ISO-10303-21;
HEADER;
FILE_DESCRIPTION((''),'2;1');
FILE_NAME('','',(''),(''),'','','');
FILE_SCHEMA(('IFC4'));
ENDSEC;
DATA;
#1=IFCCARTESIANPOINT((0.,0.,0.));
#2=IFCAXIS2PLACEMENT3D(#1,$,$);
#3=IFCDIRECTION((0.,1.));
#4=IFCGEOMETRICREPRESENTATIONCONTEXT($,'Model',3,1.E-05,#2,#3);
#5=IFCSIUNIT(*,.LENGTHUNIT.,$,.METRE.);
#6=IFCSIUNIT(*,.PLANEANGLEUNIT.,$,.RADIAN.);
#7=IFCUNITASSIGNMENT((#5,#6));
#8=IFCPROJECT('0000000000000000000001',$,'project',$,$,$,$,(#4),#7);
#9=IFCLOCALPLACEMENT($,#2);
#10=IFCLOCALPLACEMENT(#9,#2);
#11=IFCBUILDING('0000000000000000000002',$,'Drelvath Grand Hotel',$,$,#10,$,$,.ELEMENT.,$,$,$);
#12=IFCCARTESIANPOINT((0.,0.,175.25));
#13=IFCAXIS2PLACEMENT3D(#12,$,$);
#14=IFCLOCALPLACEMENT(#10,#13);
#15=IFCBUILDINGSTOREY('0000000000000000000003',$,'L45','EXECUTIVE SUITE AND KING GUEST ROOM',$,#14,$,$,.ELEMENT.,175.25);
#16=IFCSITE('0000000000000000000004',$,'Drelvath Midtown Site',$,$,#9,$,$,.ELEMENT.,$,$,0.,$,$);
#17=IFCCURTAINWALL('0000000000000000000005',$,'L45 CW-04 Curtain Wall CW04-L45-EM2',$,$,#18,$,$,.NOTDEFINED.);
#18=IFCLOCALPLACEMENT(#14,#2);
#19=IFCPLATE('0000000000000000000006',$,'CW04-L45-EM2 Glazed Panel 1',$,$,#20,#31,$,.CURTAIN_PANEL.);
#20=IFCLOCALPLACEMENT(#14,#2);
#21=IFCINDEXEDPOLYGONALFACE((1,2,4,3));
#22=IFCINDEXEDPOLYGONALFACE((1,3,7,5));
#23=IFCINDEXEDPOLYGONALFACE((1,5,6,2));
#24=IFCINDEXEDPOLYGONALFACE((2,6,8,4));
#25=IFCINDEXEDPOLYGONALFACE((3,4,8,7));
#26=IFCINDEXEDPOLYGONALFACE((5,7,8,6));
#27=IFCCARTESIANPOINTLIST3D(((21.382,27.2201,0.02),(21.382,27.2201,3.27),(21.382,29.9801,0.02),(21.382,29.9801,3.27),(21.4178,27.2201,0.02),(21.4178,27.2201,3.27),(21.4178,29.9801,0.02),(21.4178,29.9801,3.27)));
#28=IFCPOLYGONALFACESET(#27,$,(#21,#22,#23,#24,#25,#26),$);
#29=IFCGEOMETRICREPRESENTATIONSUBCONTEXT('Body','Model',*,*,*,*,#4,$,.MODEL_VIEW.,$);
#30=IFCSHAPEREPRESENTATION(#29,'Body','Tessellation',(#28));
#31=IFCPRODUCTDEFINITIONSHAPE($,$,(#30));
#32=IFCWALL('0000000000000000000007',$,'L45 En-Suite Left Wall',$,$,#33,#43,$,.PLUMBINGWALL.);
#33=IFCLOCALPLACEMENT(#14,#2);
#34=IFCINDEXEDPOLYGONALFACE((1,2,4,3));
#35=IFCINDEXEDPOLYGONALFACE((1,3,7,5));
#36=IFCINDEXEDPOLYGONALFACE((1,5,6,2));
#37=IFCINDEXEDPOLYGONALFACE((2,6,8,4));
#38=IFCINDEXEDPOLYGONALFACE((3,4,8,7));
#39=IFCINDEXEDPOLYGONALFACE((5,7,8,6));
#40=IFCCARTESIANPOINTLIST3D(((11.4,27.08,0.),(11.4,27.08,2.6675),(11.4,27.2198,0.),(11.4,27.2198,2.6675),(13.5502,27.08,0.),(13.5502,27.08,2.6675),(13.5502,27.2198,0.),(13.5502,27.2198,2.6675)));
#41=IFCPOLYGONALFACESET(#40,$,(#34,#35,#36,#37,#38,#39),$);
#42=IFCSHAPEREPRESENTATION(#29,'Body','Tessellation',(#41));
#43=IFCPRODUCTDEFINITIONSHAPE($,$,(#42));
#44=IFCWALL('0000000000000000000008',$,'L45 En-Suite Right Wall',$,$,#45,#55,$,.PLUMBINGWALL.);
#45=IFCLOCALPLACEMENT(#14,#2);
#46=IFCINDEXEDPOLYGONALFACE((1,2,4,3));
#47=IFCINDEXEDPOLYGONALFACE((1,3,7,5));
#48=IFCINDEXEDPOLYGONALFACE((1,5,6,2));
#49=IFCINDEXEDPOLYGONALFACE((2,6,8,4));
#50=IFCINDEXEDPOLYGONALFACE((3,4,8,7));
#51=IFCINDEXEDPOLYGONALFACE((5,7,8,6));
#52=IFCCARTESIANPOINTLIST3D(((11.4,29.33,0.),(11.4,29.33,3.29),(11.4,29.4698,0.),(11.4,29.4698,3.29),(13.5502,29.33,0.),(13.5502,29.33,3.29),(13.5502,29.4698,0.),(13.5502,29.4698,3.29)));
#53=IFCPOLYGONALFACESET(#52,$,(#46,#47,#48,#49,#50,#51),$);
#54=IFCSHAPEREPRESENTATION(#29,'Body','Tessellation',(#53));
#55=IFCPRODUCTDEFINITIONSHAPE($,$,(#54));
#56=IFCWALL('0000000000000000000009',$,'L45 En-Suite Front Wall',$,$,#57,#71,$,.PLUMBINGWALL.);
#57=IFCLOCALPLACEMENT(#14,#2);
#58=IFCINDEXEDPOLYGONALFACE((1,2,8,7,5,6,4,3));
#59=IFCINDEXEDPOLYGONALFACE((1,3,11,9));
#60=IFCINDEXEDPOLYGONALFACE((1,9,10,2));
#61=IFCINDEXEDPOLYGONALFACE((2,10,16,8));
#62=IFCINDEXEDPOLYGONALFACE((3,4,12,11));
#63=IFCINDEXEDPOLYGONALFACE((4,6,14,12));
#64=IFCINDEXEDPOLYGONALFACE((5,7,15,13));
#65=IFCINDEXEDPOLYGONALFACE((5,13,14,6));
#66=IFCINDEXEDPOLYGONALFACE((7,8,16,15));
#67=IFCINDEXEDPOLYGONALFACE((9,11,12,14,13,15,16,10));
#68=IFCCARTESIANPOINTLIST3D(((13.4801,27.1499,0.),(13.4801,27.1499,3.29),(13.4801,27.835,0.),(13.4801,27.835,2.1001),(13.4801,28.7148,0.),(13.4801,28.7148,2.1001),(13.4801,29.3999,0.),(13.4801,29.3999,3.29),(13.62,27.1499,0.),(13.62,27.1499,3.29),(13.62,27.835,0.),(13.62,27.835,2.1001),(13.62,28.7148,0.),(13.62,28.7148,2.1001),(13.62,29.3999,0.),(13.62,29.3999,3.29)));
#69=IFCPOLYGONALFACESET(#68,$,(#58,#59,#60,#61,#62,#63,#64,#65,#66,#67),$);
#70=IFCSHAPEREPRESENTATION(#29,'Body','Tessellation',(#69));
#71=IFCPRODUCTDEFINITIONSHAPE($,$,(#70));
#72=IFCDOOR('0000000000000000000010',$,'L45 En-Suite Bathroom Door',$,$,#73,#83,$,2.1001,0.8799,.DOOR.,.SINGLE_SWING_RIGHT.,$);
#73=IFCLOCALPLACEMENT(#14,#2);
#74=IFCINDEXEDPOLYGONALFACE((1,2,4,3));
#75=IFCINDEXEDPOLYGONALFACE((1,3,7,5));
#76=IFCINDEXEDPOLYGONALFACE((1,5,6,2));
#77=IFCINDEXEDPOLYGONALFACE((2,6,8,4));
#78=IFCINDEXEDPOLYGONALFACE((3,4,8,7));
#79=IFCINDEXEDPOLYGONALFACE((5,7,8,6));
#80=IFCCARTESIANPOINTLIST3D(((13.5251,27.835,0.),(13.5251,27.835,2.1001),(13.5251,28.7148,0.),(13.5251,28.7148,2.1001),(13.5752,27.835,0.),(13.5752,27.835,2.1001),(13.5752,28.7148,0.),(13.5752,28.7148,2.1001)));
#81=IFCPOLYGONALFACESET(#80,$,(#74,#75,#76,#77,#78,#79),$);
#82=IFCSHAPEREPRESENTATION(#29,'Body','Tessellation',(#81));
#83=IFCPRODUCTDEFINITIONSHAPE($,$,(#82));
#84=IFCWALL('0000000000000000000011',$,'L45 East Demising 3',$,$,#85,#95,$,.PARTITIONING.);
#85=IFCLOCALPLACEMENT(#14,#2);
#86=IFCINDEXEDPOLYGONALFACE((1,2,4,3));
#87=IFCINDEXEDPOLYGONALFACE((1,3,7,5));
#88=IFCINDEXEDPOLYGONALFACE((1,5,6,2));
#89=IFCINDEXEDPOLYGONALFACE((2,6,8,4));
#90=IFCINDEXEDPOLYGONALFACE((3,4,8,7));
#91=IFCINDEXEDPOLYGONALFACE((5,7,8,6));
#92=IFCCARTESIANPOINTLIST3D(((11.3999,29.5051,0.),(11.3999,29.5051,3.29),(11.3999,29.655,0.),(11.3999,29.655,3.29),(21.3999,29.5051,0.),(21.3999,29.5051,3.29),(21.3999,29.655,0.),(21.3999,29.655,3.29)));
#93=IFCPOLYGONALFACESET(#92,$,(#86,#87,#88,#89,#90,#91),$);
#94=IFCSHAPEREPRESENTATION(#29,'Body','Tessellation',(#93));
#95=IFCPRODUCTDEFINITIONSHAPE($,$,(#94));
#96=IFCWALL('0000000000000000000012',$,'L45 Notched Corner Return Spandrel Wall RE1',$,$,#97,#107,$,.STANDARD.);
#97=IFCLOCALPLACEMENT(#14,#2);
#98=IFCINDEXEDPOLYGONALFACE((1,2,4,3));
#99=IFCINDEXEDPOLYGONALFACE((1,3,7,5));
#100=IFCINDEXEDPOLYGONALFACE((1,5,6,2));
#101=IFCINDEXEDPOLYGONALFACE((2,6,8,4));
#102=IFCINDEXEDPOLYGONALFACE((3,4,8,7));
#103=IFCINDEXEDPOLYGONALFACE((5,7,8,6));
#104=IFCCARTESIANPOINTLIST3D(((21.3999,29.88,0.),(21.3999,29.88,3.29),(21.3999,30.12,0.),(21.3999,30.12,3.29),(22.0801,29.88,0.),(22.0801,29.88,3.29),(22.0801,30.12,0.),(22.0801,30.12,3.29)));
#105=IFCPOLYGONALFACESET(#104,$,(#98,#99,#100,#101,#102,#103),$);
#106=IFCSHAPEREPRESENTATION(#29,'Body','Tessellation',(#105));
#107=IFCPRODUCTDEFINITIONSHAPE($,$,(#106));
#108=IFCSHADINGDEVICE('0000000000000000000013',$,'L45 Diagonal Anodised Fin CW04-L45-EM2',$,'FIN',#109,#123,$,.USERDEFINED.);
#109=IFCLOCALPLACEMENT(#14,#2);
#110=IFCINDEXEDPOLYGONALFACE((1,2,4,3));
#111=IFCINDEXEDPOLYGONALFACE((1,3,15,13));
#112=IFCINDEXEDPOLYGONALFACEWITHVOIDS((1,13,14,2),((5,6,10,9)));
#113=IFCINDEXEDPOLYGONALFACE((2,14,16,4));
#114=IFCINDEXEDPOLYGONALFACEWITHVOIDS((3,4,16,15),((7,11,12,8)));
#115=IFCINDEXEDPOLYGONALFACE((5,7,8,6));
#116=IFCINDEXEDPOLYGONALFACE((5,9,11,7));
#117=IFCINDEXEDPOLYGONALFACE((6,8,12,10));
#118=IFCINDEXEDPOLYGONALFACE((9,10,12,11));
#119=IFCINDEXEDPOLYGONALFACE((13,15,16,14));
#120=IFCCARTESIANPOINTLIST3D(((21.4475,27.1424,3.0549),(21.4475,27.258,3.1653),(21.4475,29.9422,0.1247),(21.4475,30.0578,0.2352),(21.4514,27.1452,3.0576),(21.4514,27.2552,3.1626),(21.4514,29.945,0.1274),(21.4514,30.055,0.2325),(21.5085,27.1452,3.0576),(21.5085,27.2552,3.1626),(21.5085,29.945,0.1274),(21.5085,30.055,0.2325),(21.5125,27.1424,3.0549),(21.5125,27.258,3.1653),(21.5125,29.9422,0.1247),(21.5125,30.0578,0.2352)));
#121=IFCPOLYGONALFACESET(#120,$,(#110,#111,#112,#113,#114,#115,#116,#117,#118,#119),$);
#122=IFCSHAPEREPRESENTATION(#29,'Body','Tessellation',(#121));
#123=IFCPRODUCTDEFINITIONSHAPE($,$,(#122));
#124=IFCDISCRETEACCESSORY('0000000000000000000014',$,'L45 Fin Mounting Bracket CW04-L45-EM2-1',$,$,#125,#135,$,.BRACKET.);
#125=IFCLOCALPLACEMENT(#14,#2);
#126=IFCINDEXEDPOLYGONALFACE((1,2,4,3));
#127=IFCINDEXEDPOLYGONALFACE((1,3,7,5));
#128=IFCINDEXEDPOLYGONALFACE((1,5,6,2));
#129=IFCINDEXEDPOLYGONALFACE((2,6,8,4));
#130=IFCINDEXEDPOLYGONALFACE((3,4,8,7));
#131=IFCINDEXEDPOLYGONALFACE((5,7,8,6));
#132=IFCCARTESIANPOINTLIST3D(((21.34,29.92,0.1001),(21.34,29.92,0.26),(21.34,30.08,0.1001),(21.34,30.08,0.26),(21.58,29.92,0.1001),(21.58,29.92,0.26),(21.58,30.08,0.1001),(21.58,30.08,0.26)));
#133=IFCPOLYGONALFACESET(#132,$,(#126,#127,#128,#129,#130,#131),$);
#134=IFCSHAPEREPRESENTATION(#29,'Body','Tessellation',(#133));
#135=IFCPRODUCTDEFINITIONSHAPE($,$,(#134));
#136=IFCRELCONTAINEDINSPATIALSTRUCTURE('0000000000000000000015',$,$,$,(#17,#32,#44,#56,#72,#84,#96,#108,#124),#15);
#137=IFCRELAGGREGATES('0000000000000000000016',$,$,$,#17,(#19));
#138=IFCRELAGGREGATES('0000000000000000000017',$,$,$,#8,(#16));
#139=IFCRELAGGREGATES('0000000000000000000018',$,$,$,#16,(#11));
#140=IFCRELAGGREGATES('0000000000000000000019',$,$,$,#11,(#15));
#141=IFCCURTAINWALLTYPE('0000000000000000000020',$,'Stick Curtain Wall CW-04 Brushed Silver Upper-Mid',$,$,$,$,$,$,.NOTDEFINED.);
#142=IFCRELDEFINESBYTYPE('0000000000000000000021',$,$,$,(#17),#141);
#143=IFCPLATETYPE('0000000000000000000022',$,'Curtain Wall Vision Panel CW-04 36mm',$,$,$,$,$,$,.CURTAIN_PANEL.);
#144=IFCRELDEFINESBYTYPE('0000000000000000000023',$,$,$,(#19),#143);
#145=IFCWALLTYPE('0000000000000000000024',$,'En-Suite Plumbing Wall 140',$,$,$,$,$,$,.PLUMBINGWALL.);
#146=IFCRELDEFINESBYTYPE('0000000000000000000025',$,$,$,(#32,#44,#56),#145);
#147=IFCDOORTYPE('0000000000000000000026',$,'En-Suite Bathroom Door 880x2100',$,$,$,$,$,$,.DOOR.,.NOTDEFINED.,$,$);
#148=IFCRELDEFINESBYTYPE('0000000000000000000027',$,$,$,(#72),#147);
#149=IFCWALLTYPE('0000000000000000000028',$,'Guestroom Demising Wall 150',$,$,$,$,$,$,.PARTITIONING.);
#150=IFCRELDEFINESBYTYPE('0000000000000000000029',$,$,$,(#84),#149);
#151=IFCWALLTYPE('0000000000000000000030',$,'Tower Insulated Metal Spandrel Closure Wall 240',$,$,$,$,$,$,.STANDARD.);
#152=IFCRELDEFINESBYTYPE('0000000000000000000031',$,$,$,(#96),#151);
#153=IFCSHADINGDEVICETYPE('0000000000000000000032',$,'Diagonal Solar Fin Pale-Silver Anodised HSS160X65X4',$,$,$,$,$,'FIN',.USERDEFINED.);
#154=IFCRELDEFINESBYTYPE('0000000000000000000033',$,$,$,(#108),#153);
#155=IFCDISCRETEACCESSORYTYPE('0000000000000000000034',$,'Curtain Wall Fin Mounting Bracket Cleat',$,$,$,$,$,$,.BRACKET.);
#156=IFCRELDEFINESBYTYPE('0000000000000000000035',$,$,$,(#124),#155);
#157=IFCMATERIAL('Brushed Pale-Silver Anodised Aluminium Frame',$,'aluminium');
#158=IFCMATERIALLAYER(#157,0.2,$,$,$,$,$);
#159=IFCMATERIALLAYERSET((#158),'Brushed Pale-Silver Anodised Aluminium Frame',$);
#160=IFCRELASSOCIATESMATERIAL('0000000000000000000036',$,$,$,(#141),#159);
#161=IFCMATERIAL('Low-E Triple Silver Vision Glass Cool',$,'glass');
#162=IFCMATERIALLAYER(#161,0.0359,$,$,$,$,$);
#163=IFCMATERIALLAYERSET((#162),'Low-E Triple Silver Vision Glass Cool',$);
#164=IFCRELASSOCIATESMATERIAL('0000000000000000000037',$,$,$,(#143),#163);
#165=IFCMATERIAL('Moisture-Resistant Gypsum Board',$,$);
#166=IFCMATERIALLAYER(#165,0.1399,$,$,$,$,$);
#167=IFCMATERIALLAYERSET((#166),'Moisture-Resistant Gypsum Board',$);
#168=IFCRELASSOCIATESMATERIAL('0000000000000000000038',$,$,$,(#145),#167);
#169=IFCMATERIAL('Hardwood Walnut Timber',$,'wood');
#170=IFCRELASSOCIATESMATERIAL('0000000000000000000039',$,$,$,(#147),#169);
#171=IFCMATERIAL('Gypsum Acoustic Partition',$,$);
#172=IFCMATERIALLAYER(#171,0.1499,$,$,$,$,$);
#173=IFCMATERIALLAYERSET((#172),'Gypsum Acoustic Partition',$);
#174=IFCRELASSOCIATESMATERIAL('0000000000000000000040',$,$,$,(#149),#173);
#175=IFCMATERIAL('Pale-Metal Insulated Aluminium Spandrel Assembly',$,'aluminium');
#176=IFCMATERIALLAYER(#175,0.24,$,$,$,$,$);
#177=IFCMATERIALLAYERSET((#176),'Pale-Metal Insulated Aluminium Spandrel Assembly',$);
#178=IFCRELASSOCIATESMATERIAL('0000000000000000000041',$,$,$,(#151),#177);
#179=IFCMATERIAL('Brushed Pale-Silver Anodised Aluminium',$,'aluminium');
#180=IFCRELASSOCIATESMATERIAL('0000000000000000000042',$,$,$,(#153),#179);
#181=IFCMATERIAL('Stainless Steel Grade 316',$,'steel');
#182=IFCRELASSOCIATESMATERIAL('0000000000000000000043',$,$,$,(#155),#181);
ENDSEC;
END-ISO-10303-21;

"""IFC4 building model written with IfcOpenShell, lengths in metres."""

from ifc_helpers import new_model, si_unit, direction, frame, frame_2d, origin, origin_2d, place, context, subcontext, project, spatial, rectangle, hollow_rectangle, extrude, material, layer, layer_set, material_profile, profile_set, type_object, element, fill, aggregate, save


model = new_model("IFC4")

# Units and contexts
model_context = context("Model", 3, precision=1e-05, world=origin(), true_north=direction((0.0, 1.0)))
body_context = subcontext(model_context, "Body", "Model", "MODEL_VIEW")
ifc_project = project(units=[si_unit("LENGTHUNIT", "METRE"), si_unit("PLANEANGLEUNIT", "RADIAN")], contexts=[model_context])

# Site, building, storey
site_placement = place(None, origin())
site = spatial("IfcSite", under=ifc_project, at=site_placement, Name="Drelvath Midtown Site", CompositionType="ELEMENT", RefElevation=0.0)
building_placement = place(site_placement, origin())
building = spatial("IfcBuilding", under=site, at=building_placement, Name="Drelvath Grand Hotel", CompositionType="ELEMENT")
storey_placement = place(building_placement, frame((0.0, 0.0, 175.25)))
storey = spatial("IfcBuildingStorey", under=building, at=storey_placement, Name="L45", Description="EXECUTIVE SUITE AND KING GUEST ROOM", CompositionType="ELEMENT", Elevation=175.25)

# Curtain wall
ifc_material_1 = material(Name="Brushed Pale-Silver Anodised Aluminium Frame", Category="aluminium")
ifc_layer_1 = layer(ifc_material_1, 0.2)
ifc_layer_set_1 = layer_set([ifc_layer_1], Name="Brushed Pale-Silver Anodised Aluminium Frame")
curtain_wall_type = type_object("IfcCurtainWallType", Name="Stick Curtain Wall CW-04 Brushed Silver Upper-Mid", PredefinedType="NOTDEFINED", material=ifc_layer_set_1)
curtain_wall_1_placement = place(storey_placement, origin())
curtain_wall_1 = element("IfcCurtainWall", 1, at=curtain_wall_1_placement, inside=storey, type_object=curtain_wall_type, Name="L45 CW-04 Curtain Wall CW04-L45-EM2", PredefinedType="NOTDEFINED")

# Plate
ifc_material_2 = material(Name="Low-E Triple Silver Vision Glass Cool", Category="glass")
ifc_layer_2 = layer(ifc_material_2, 0.0359)
ifc_layer_set_2 = layer_set([ifc_layer_2], Name="Low-E Triple Silver Vision Glass Cool")
plate_type = type_object("IfcPlateType", Name="Curtain Wall Vision Panel CW-04 36mm", PredefinedType="CURTAIN_PANEL", material=ifc_layer_set_2)
plate_1_placement = place(storey_placement, frame((21.3999, 28.6001, 0.02), z_axis=(0.0, 0.0, 1.0), x_axis=(0.0, -1.0, 0.0)))
plate_1 = element("IfcPlate", 2, at=plate_1_placement, type_object=plate_type, Name="CW04-L45-EM2 Glazed Panel 1", PredefinedType="CURTAIN_PANEL", context=body_context, shape_type="SweptSolid", body=[
    extrude(rectangle(XDim=2.76, YDim=0.0359, at=origin_2d()), origin(), (0.0, 0.0, 1.0), 3.25),
])
aggregate(curtain_wall_1, [plate_1])

# Walls
ifc_material_3 = material(Name="Moisture-Resistant Gypsum Board")
ifc_layer_3 = layer(ifc_material_3, 0.1399)
ifc_layer_set_3 = layer_set([ifc_layer_3], Name="Moisture-Resistant Gypsum Board")
wall_type_1 = type_object("IfcWallType", Name="En-Suite Plumbing Wall 140", PredefinedType="PLUMBINGWALL", material=ifc_layer_set_3)
wall_1_placement = place(storey_placement, frame((11.3999, 27.1499, 0.0), z_axis=(0.0, 0.0, 1.0), x_axis=(1.0, 0.0, 0.0)))
element("IfcWall", 3, at=wall_1_placement, inside=storey, type_object=wall_type_1, Name="L45 En-Suite Left Wall", PredefinedType="PLUMBINGWALL", context=body_context, shape_type="SweptSolid", body=[
    extrude(rectangle(XDim=2.1501, YDim=0.1399, at=frame_2d((1.0752, 0.0))), origin(), (0.0, 0.0, 1.0), 2.6675),
])
wall_2_placement = place(storey_placement, frame((11.3999, 29.3999, 0.0), z_axis=(0.0, 0.0, 1.0), x_axis=(1.0, 0.0, 0.0)))
element("IfcWall", 4, at=wall_2_placement, inside=storey, type_object=wall_type_1, Name="L45 En-Suite Right Wall", PredefinedType="PLUMBINGWALL", context=body_context, shape_type="SweptSolid", body=[
    extrude(rectangle(XDim=2.1501, YDim=0.1399, at=frame_2d((1.0752, 0.0))), origin(), (0.0, 0.0, 1.0), 3.29),
])

# Wall, opening, door
wall_3_placement = place(storey_placement, frame((13.55, 27.1499, 0.0), z_axis=(0.0, 0.0, 1.0), x_axis=(0.0, 1.0, 0.0)))
wall_3 = element("IfcWall", 5, at=wall_3_placement, inside=storey, type_object=wall_type_1, Name="L45 En-Suite Front Wall", PredefinedType="PLUMBINGWALL", context=body_context, shape_type="SweptSolid", body=[
    extrude(rectangle(XDim=2.25, YDim=0.1399, at=frame_2d((1.125, 0.0))), origin(), (0.0, 0.0, 1.0), 3.29),
])
opening_placement = place(wall_3_placement, frame((0.6851, 0.0, 0.0)))
opening = element("IfcOpeningElement", 6, at=opening_placement, cuts=wall_3, PredefinedType="OPENING", context=body_context, shape_type="SweptSolid", body=[
    extrude(rectangle(XDim=0.8799, YDim=2.1001, at=frame_2d((0.4399, 1.05))), frame((0.0, 0.0798, 0.0), z_axis=(0.0, -1.0, 0.0), x_axis=(1.0, 0.0, 0.0)), (0.0, 0.0, 1.0), 0.1599),
])
ifc_material_4 = material(Name="Hardwood Walnut Timber", Category="wood")
door_type = type_object("IfcDoorType", Name="En-Suite Bathroom Door 880x2100", OperationType="NOTDEFINED", PredefinedType="DOOR", material=ifc_material_4)
door_placement = place(opening_placement, origin())
door = element("IfcDoor", 7, at=door_placement, inside=storey, type_object=door_type, Name="L45 En-Suite Bathroom Door", OperationType="SINGLE_SWING_RIGHT", OverallHeight=2.1001, OverallWidth=0.8799, PredefinedType="DOOR", context=body_context, shape_type="SweptSolid", body=[
    extrude(rectangle(XDim=0.8799, YDim=2.1001, at=frame_2d((0.4399, 1.05))), frame((0.0, 0.0249, 0.0), z_axis=(0.0, -1.0, 0.0), x_axis=(1.0, 0.0, 0.0)), (0.0, 0.0, 1.0), 0.05),
])
fill(opening, door)

# Walls
ifc_material_5 = material(Name="Gypsum Acoustic Partition")
ifc_layer_4 = layer(ifc_material_5, 0.1499)
ifc_layer_set_4 = layer_set([ifc_layer_4], Name="Gypsum Acoustic Partition")
wall_type_2 = type_object("IfcWallType", Name="Guestroom Demising Wall 150", PredefinedType="PARTITIONING", material=ifc_layer_set_4)
wall_4_placement = place(storey_placement, frame((11.3999, 29.5801, 0.0), z_axis=(0.0, 0.0, 1.0), x_axis=(1.0, 0.0, 0.0)))
element("IfcWall", 8, at=wall_4_placement, inside=storey, type_object=wall_type_2, Name="L45 East Demising 3", PredefinedType="PARTITIONING", context=body_context, shape_type="SweptSolid", body=[
    extrude(rectangle(XDim=10.0, YDim=0.1499, at=frame_2d((5.0, 0.0))), origin(), (0.0, 0.0, 1.0), 3.29),
])
ifc_material_6 = material(Name="Pale-Metal Insulated Aluminium Spandrel Assembly", Category="aluminium")
ifc_layer_5 = layer(ifc_material_6, 0.24)
ifc_layer_set_5 = layer_set([ifc_layer_5], Name="Pale-Metal Insulated Aluminium Spandrel Assembly")
wall_type_3 = type_object("IfcWallType", Name="Tower Insulated Metal Spandrel Closure Wall 240", PredefinedType="STANDARD", material=ifc_layer_set_5)
wall_5_placement = place(storey_placement, frame((22.0801, 30.0, 0.0), z_axis=(0.0, 0.0, 1.0), x_axis=(-1.0, 0.0, 0.0)))
element("IfcWall", 9, at=wall_5_placement, inside=storey, type_object=wall_type_3, Name="L45 Notched Corner Return Spandrel Wall RE1", PredefinedType="STANDARD", context=body_context, shape_type="SweptSolid", body=[
    extrude(rectangle(XDim=0.6802, YDim=0.24, at=frame_2d((0.3401, 0.0))), origin(), (0.0, 0.0, 1.0), 3.29),
])

# Shading device
ifc_material_7 = material(Name="Brushed Pale-Silver Anodised Aluminium", Category="aluminium")
ifc_material_profile_1 = material_profile(ifc_material_7, hollow_rectangle(XDim=0.0649, YDim=0.1599, WallThickness=0.0039, at=origin_2d()), Name="HSS160X65X4")
ifc_profile_set_1 = profile_set([ifc_material_profile_1], Name="Brushed Pale-Silver Anodised Aluminium")
shading_device_type = type_object("IfcShadingDeviceType", Name="Diagonal Solar Fin Pale-Silver Anodised HSS160X65X4", ElementType="FIN", PredefinedType="USERDEFINED", material=ifc_profile_set_1)
shading_device_placement = place(storey_placement, frame((21.48, 30.0, 0.1799), z_axis=(0.0, -0.69084, 0.723008), x_axis=(1.0, 0.0, 0.0)))
element("IfcShadingDevice", 10, at=shading_device_placement, inside=storey, type_object=shading_device_type, Name="L45 Diagonal Anodised Fin CW04-L45-EM2", ObjectType="FIN", PredefinedType="USERDEFINED", context=body_context, shape_type="SweptSolid", body=[
    extrude(hollow_rectangle(XDim=0.0649, YDim=0.1599, WallThickness=0.0039, at=origin_2d()), origin(), (0.0, 0.0, 1.0), 4.0527),
])

# Discrete accessory
ifc_material_8 = material(Name="Stainless Steel Grade 316", Category="steel")
discrete_accessory_type = type_object("IfcDiscreteAccessoryType", Name="Curtain Wall Fin Mounting Bracket Cleat", PredefinedType="BRACKET", material=ifc_material_8)
discrete_accessory_placement = place(storey_placement, frame((21.46, 30.0, 0.1001), z_axis=(0.0, 0.0, 1.0), x_axis=(0.0, -1.0, 0.0)))
element("IfcDiscreteAccessory", 11, at=discrete_accessory_placement, inside=storey, type_object=discrete_accessory_type, Name="L45 Fin Mounting Bracket CW04-L45-EM2-1", PredefinedType="BRACKET", context=body_context, shape_type="SweptSolid", body=[
    extrude(rectangle(XDim=0.1599, YDim=0.24, at=origin_2d()), origin(), (0.0, 0.0, 1.0), 0.1599),
])

save(model, "model.ifc")
